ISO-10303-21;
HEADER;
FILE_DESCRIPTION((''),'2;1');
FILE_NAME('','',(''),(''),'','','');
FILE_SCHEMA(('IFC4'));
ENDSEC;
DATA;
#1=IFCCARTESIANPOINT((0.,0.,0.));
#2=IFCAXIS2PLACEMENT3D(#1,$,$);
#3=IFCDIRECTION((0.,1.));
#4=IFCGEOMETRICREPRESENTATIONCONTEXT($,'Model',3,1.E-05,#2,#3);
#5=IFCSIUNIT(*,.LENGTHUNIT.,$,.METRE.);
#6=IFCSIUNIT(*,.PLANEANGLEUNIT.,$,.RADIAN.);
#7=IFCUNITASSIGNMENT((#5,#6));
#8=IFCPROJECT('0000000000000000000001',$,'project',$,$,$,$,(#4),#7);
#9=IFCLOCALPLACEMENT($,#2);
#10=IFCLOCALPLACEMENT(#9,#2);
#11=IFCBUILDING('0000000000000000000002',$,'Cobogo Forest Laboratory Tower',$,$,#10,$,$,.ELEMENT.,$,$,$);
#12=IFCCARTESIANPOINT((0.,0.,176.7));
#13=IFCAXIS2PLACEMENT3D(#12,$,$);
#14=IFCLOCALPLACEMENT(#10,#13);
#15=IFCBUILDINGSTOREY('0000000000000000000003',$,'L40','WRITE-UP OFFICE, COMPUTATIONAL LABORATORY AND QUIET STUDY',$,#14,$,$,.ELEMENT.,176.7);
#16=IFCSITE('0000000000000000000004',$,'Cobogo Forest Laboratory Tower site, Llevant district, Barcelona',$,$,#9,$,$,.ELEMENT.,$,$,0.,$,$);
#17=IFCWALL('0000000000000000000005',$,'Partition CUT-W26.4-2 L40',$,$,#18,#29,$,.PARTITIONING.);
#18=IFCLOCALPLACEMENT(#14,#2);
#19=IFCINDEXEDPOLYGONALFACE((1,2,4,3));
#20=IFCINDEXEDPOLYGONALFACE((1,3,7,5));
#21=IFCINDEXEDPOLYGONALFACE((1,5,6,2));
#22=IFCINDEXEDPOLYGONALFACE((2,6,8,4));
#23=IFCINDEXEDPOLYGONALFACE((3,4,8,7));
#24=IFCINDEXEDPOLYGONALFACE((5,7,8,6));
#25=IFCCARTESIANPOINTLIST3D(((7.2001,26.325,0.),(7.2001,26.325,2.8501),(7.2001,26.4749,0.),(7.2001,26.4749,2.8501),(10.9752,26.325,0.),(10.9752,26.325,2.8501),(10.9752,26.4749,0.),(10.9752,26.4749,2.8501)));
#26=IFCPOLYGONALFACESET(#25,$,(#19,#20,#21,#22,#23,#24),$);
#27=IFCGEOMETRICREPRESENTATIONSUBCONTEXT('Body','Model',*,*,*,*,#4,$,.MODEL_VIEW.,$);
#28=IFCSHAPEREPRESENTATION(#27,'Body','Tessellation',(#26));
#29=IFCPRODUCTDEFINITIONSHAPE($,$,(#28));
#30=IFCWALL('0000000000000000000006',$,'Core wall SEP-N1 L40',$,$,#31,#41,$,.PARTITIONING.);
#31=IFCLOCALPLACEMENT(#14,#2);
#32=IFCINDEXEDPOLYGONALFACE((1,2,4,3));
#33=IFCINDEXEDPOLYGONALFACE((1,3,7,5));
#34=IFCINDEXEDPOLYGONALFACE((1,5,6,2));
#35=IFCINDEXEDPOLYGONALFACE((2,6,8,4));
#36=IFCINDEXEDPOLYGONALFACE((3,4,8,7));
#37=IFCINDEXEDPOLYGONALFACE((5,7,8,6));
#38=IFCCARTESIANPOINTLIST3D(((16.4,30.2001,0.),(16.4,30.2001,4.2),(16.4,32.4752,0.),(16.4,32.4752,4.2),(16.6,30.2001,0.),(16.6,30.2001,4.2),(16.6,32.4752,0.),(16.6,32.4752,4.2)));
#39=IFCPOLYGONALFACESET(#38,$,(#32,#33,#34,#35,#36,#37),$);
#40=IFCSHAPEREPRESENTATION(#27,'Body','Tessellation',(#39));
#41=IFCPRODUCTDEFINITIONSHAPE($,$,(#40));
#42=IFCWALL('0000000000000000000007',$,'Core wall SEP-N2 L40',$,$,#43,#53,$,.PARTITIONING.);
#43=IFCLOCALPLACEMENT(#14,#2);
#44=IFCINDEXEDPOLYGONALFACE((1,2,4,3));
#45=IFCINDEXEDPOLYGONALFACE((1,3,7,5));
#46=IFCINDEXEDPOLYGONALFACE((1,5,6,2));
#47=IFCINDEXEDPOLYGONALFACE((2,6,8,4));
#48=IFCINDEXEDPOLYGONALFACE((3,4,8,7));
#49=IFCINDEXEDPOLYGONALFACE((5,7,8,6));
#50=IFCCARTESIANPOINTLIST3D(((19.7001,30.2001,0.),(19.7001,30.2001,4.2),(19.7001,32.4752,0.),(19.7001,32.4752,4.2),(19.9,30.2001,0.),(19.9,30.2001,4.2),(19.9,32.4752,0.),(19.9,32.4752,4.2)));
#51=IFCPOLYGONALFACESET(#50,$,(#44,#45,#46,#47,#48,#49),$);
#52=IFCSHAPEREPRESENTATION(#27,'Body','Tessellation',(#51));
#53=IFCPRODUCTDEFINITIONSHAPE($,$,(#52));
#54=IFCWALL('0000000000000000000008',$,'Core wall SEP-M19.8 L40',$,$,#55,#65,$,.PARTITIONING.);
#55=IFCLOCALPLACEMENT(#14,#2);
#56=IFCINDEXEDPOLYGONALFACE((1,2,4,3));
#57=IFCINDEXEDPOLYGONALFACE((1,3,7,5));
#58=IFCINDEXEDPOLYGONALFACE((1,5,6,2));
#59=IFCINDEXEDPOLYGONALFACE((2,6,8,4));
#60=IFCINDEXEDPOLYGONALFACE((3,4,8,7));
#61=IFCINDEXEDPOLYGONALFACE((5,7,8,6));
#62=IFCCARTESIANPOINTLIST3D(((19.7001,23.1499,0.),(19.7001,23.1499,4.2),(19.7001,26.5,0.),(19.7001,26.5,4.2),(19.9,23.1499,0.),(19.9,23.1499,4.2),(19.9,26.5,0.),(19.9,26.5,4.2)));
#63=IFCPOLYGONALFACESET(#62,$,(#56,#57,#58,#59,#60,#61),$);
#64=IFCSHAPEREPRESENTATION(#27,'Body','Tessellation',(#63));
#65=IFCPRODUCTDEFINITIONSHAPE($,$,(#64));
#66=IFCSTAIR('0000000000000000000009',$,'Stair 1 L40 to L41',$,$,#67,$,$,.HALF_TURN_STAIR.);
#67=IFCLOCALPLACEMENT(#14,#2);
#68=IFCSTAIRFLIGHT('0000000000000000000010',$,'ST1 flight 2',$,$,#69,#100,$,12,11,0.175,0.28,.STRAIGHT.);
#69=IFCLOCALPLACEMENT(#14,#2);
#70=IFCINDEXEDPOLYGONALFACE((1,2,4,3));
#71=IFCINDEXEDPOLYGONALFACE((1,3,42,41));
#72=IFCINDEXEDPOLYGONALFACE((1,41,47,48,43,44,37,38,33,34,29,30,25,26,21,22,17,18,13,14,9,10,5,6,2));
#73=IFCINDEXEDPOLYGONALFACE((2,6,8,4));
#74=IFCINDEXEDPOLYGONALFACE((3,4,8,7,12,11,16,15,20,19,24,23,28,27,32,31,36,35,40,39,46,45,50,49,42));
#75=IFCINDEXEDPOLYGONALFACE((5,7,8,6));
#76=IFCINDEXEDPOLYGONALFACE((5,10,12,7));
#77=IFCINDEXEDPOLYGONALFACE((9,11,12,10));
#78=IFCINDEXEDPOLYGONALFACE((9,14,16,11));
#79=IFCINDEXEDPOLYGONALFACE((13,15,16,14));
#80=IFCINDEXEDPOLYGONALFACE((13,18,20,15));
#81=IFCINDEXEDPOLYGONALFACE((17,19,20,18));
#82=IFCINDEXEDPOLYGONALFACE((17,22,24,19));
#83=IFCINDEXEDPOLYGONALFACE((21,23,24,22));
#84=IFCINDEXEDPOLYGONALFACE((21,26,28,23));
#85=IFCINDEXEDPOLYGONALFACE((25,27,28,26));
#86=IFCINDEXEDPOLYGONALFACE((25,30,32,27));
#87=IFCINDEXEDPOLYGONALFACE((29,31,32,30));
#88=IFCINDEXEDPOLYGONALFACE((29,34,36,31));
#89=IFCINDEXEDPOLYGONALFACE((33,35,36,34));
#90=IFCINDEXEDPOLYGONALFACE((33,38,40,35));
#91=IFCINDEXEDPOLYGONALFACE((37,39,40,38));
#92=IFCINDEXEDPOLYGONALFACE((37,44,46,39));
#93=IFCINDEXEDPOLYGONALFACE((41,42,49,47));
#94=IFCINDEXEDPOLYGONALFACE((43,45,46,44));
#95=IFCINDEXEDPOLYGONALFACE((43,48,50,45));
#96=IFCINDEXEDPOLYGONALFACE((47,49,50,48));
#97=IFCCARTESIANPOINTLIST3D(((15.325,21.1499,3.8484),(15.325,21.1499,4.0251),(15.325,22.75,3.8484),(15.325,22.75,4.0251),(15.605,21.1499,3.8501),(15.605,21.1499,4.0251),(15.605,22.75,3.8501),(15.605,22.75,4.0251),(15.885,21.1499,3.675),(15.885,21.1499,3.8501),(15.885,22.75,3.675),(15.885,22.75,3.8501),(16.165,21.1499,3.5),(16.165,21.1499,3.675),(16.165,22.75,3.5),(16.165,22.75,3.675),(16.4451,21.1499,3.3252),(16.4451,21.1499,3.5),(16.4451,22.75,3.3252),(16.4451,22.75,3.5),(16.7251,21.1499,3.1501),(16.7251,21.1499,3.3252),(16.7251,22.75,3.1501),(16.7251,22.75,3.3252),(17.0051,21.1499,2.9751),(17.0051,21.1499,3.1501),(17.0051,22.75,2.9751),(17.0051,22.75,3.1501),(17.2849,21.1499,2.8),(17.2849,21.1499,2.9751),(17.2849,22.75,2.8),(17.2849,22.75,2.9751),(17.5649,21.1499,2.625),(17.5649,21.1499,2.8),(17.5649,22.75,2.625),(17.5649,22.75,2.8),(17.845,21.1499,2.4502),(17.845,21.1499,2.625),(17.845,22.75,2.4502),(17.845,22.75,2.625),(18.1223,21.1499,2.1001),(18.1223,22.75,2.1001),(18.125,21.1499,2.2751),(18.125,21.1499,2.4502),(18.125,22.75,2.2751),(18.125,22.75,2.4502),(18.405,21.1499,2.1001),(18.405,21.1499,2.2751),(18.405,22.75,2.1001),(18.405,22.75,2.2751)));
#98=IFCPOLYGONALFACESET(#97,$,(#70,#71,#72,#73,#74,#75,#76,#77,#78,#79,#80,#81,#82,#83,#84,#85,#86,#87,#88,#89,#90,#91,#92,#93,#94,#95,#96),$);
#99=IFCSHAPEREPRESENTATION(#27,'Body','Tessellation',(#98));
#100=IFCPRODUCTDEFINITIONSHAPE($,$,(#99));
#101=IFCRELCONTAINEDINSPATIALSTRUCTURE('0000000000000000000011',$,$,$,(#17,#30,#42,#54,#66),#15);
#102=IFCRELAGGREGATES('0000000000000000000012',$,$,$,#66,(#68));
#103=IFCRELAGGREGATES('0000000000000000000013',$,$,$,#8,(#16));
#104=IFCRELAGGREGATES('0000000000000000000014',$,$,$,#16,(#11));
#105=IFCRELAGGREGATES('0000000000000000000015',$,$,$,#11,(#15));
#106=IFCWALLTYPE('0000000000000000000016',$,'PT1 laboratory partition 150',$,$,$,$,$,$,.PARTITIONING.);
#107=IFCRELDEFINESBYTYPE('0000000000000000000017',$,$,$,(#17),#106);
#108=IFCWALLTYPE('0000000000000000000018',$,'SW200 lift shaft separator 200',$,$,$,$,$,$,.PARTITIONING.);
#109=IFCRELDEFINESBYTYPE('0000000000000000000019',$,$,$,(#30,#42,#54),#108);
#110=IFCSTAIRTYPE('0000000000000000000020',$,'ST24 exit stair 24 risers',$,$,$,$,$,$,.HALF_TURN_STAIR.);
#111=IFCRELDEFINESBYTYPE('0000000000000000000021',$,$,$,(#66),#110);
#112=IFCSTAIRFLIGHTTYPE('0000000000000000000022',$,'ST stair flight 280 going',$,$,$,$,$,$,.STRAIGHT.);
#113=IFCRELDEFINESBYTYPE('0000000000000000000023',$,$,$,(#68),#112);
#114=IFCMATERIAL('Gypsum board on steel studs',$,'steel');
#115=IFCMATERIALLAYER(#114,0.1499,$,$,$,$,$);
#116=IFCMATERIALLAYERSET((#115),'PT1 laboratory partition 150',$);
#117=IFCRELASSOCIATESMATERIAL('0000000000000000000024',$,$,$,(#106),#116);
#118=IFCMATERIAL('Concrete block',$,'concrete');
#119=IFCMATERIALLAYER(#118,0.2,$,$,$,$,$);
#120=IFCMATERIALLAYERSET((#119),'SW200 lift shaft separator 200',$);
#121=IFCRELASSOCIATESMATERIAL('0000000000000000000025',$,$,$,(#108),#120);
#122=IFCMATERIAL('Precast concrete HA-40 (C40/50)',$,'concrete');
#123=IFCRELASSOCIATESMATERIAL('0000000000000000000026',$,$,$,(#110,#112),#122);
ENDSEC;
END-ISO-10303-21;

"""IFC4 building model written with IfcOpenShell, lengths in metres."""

from ifc_helpers import new_model, si_unit, direction, frame, frame_2d, origin, place, context, subcontext, project, spatial, polyline, rectangle, outline, extrude, material, layer, layer_set, type_object, element, aggregate, save


model = new_model("IFC4")

# Units and contexts
model_context = context("Model", 3, precision=1e-05, world=origin(), true_north=direction((0.0, 1.0)))
body_context = subcontext(model_context, "Body", "Model", "MODEL_VIEW")
ifc_project = project(units=[si_unit("LENGTHUNIT", "METRE"), si_unit("PLANEANGLEUNIT", "RADIAN")], contexts=[model_context])

# Site, building, storey
site_placement = place(None, origin())
site = spatial("IfcSite", under=ifc_project, at=site_placement, Name="Cobogo Forest Laboratory Tower site, Llevant district, Barcelona", CompositionType="ELEMENT", RefElevation=0.0)
building_placement = place(site_placement, origin())
building = spatial("IfcBuilding", under=site, at=building_placement, Name="Cobogo Forest Laboratory Tower", CompositionType="ELEMENT")
storey_placement = place(building_placement, frame((0.0, 0.0, 176.7)))
storey = spatial("IfcBuildingStorey", under=building, at=storey_placement, Name="L40", Description="WRITE-UP OFFICE, COMPUTATIONAL LABORATORY AND QUIET STUDY", CompositionType="ELEMENT", Elevation=176.7)

# Walls
ifc_material_1 = material(Name="Gypsum board on steel studs", Category="steel")
ifc_layer_1 = layer(ifc_material_1, 0.1499)
ifc_layer_set_1 = layer_set([ifc_layer_1], Name="PT1 laboratory partition 150")
wall_type_1 = type_object("IfcWallType", Name="PT1 laboratory partition 150", PredefinedType="PARTITIONING", material=ifc_layer_set_1)
wall_1_placement = place(storey_placement, frame((7.2, 26.3999, 0.0), z_axis=(0.0, 0.0, 1.0), x_axis=(1.0, 0.0, 0.0)))
element("IfcWall", 1, at=wall_1_placement, inside=storey, type_object=wall_type_1, Name="Partition CUT-W26.4-2 L40", PredefinedType="PARTITIONING", context=body_context, shape_type="SweptSolid", body=[
    extrude(rectangle(XDim=3.7751, YDim=0.1499, at=frame_2d((1.8877, 0.0))), origin(), (0.0, 0.0, 1.0), 2.8501),
])
ifc_material_2 = material(Name="Concrete block", Category="concrete")
ifc_layer_2 = layer(ifc_material_2, 0.2)
ifc_layer_set_2 = layer_set([ifc_layer_2], Name="SW200 lift shaft separator 200")
wall_type_2 = type_object("IfcWallType", Name="SW200 lift shaft separator 200", PredefinedType="PARTITIONING", material=ifc_layer_set_2)
for number, where, z_axis, x_axis, name in (
    (2, (16.5, 30.2, 0.0), (0.0, 0.0, 1.0), (0.0, 1.0, 0.0), "Core wall SEP-N1 L40"),
    (3, (19.8, 30.2, 0.0), (0.0, 0.0, 1.0), (0.0, 1.0, 0.0), "Core wall SEP-N2 L40"),
):
    element("IfcWall", number, at=place(storey_placement, frame(where, z_axis=z_axis, x_axis=x_axis)), inside=storey, type_object=wall_type_2, Name=name, PredefinedType="PARTITIONING", context=body_context, shape_type="SweptSolid", body=[
        extrude(rectangle(XDim=2.2751, YDim=0.2, at=frame_2d((1.1377, 0.0))), origin(), (0.0, 0.0, 1.0), 4.2),
    ])
wall_2_placement = place(storey_placement, frame((19.8, 23.1499, 0.0), z_axis=(0.0, 0.0, 1.0), x_axis=(0.0, 1.0, 0.0)))
element("IfcWall", 4, at=wall_2_placement, inside=storey, type_object=wall_type_2, Name="Core wall SEP-M19.8 L40", PredefinedType="PARTITIONING", context=body_context, shape_type="SweptSolid", body=[
    extrude(rectangle(XDim=3.3501, YDim=0.2, at=frame_2d((1.675, 0.0))), origin(), (0.0, 0.0, 1.0), 4.2),
])

# Stair, stair flight
ifc_material_3 = material(Name="Precast concrete HA-40 (C40/50)", Category="concrete")
stair_type = type_object("IfcStairType", Name="ST24 exit stair 24 risers", PredefinedType="HALF_TURN_STAIR", material=ifc_material_3)
stair_placement = place(storey_placement, origin())
stair = element("IfcStair", 5, at=stair_placement, inside=storey, type_object=stair_type, Name="Stair 1 L40 to L41", PredefinedType="HALF_TURN_STAIR")
stair_flight_type = type_object("IfcStairFlightType", Name="ST stair flight 280 going", PredefinedType="STRAIGHT", material=ifc_material_3)
stair_flight_placement = place(storey_placement, frame((18.405, 21.95, 2.1001), z_axis=(0.0, 0.0, 1.0), x_axis=(-1.0, 0.0, 0.0)))
stair_flight = element("IfcStairFlight", 6, at=stair_flight_placement, type_object=stair_flight_type, Name="ST1 flight 2", NumberOfRisers=12, NumberOfTreads=11, PredefinedType="STRAIGHT", RiserHeight=0.175, TreadLength=0.28, context=body_context, shape_type="SweptSolid", body=[
    extrude(outline(polyline([(0.0, 0.0), (0.0, 0.175), (0.28, 0.175), (0.28, 0.3501), (0.5601, 0.3501), (0.5601, 0.5249), (0.8401, 0.5249), (0.8401, 0.7), (1.1201, 0.7), (1.1201, 0.875), (1.3999, 0.875), (1.3999, 1.05), (1.6799, 1.05), (1.6799, 1.2251), (1.96, 1.2251), (1.96, 1.3999), (2.24, 1.3999), (2.24, 1.575), (2.52, 1.575), (2.52, 1.75), (2.8, 1.75), (2.8, 1.925), (3.0801, 1.925), (3.0801, 2.1001), (3.0801, 1.7483), (0.2827, 0.0), (0.0, 0.0)])), frame((0.0, 0.8, 0.0), z_axis=(0.0, -1.0, 0.0), x_axis=(1.0, 0.0, 0.0)), (0.0, 0.0, 1.0), 1.6001),
])
aggregate(stair, [stair_flight])

save(model, "model.ifc")
